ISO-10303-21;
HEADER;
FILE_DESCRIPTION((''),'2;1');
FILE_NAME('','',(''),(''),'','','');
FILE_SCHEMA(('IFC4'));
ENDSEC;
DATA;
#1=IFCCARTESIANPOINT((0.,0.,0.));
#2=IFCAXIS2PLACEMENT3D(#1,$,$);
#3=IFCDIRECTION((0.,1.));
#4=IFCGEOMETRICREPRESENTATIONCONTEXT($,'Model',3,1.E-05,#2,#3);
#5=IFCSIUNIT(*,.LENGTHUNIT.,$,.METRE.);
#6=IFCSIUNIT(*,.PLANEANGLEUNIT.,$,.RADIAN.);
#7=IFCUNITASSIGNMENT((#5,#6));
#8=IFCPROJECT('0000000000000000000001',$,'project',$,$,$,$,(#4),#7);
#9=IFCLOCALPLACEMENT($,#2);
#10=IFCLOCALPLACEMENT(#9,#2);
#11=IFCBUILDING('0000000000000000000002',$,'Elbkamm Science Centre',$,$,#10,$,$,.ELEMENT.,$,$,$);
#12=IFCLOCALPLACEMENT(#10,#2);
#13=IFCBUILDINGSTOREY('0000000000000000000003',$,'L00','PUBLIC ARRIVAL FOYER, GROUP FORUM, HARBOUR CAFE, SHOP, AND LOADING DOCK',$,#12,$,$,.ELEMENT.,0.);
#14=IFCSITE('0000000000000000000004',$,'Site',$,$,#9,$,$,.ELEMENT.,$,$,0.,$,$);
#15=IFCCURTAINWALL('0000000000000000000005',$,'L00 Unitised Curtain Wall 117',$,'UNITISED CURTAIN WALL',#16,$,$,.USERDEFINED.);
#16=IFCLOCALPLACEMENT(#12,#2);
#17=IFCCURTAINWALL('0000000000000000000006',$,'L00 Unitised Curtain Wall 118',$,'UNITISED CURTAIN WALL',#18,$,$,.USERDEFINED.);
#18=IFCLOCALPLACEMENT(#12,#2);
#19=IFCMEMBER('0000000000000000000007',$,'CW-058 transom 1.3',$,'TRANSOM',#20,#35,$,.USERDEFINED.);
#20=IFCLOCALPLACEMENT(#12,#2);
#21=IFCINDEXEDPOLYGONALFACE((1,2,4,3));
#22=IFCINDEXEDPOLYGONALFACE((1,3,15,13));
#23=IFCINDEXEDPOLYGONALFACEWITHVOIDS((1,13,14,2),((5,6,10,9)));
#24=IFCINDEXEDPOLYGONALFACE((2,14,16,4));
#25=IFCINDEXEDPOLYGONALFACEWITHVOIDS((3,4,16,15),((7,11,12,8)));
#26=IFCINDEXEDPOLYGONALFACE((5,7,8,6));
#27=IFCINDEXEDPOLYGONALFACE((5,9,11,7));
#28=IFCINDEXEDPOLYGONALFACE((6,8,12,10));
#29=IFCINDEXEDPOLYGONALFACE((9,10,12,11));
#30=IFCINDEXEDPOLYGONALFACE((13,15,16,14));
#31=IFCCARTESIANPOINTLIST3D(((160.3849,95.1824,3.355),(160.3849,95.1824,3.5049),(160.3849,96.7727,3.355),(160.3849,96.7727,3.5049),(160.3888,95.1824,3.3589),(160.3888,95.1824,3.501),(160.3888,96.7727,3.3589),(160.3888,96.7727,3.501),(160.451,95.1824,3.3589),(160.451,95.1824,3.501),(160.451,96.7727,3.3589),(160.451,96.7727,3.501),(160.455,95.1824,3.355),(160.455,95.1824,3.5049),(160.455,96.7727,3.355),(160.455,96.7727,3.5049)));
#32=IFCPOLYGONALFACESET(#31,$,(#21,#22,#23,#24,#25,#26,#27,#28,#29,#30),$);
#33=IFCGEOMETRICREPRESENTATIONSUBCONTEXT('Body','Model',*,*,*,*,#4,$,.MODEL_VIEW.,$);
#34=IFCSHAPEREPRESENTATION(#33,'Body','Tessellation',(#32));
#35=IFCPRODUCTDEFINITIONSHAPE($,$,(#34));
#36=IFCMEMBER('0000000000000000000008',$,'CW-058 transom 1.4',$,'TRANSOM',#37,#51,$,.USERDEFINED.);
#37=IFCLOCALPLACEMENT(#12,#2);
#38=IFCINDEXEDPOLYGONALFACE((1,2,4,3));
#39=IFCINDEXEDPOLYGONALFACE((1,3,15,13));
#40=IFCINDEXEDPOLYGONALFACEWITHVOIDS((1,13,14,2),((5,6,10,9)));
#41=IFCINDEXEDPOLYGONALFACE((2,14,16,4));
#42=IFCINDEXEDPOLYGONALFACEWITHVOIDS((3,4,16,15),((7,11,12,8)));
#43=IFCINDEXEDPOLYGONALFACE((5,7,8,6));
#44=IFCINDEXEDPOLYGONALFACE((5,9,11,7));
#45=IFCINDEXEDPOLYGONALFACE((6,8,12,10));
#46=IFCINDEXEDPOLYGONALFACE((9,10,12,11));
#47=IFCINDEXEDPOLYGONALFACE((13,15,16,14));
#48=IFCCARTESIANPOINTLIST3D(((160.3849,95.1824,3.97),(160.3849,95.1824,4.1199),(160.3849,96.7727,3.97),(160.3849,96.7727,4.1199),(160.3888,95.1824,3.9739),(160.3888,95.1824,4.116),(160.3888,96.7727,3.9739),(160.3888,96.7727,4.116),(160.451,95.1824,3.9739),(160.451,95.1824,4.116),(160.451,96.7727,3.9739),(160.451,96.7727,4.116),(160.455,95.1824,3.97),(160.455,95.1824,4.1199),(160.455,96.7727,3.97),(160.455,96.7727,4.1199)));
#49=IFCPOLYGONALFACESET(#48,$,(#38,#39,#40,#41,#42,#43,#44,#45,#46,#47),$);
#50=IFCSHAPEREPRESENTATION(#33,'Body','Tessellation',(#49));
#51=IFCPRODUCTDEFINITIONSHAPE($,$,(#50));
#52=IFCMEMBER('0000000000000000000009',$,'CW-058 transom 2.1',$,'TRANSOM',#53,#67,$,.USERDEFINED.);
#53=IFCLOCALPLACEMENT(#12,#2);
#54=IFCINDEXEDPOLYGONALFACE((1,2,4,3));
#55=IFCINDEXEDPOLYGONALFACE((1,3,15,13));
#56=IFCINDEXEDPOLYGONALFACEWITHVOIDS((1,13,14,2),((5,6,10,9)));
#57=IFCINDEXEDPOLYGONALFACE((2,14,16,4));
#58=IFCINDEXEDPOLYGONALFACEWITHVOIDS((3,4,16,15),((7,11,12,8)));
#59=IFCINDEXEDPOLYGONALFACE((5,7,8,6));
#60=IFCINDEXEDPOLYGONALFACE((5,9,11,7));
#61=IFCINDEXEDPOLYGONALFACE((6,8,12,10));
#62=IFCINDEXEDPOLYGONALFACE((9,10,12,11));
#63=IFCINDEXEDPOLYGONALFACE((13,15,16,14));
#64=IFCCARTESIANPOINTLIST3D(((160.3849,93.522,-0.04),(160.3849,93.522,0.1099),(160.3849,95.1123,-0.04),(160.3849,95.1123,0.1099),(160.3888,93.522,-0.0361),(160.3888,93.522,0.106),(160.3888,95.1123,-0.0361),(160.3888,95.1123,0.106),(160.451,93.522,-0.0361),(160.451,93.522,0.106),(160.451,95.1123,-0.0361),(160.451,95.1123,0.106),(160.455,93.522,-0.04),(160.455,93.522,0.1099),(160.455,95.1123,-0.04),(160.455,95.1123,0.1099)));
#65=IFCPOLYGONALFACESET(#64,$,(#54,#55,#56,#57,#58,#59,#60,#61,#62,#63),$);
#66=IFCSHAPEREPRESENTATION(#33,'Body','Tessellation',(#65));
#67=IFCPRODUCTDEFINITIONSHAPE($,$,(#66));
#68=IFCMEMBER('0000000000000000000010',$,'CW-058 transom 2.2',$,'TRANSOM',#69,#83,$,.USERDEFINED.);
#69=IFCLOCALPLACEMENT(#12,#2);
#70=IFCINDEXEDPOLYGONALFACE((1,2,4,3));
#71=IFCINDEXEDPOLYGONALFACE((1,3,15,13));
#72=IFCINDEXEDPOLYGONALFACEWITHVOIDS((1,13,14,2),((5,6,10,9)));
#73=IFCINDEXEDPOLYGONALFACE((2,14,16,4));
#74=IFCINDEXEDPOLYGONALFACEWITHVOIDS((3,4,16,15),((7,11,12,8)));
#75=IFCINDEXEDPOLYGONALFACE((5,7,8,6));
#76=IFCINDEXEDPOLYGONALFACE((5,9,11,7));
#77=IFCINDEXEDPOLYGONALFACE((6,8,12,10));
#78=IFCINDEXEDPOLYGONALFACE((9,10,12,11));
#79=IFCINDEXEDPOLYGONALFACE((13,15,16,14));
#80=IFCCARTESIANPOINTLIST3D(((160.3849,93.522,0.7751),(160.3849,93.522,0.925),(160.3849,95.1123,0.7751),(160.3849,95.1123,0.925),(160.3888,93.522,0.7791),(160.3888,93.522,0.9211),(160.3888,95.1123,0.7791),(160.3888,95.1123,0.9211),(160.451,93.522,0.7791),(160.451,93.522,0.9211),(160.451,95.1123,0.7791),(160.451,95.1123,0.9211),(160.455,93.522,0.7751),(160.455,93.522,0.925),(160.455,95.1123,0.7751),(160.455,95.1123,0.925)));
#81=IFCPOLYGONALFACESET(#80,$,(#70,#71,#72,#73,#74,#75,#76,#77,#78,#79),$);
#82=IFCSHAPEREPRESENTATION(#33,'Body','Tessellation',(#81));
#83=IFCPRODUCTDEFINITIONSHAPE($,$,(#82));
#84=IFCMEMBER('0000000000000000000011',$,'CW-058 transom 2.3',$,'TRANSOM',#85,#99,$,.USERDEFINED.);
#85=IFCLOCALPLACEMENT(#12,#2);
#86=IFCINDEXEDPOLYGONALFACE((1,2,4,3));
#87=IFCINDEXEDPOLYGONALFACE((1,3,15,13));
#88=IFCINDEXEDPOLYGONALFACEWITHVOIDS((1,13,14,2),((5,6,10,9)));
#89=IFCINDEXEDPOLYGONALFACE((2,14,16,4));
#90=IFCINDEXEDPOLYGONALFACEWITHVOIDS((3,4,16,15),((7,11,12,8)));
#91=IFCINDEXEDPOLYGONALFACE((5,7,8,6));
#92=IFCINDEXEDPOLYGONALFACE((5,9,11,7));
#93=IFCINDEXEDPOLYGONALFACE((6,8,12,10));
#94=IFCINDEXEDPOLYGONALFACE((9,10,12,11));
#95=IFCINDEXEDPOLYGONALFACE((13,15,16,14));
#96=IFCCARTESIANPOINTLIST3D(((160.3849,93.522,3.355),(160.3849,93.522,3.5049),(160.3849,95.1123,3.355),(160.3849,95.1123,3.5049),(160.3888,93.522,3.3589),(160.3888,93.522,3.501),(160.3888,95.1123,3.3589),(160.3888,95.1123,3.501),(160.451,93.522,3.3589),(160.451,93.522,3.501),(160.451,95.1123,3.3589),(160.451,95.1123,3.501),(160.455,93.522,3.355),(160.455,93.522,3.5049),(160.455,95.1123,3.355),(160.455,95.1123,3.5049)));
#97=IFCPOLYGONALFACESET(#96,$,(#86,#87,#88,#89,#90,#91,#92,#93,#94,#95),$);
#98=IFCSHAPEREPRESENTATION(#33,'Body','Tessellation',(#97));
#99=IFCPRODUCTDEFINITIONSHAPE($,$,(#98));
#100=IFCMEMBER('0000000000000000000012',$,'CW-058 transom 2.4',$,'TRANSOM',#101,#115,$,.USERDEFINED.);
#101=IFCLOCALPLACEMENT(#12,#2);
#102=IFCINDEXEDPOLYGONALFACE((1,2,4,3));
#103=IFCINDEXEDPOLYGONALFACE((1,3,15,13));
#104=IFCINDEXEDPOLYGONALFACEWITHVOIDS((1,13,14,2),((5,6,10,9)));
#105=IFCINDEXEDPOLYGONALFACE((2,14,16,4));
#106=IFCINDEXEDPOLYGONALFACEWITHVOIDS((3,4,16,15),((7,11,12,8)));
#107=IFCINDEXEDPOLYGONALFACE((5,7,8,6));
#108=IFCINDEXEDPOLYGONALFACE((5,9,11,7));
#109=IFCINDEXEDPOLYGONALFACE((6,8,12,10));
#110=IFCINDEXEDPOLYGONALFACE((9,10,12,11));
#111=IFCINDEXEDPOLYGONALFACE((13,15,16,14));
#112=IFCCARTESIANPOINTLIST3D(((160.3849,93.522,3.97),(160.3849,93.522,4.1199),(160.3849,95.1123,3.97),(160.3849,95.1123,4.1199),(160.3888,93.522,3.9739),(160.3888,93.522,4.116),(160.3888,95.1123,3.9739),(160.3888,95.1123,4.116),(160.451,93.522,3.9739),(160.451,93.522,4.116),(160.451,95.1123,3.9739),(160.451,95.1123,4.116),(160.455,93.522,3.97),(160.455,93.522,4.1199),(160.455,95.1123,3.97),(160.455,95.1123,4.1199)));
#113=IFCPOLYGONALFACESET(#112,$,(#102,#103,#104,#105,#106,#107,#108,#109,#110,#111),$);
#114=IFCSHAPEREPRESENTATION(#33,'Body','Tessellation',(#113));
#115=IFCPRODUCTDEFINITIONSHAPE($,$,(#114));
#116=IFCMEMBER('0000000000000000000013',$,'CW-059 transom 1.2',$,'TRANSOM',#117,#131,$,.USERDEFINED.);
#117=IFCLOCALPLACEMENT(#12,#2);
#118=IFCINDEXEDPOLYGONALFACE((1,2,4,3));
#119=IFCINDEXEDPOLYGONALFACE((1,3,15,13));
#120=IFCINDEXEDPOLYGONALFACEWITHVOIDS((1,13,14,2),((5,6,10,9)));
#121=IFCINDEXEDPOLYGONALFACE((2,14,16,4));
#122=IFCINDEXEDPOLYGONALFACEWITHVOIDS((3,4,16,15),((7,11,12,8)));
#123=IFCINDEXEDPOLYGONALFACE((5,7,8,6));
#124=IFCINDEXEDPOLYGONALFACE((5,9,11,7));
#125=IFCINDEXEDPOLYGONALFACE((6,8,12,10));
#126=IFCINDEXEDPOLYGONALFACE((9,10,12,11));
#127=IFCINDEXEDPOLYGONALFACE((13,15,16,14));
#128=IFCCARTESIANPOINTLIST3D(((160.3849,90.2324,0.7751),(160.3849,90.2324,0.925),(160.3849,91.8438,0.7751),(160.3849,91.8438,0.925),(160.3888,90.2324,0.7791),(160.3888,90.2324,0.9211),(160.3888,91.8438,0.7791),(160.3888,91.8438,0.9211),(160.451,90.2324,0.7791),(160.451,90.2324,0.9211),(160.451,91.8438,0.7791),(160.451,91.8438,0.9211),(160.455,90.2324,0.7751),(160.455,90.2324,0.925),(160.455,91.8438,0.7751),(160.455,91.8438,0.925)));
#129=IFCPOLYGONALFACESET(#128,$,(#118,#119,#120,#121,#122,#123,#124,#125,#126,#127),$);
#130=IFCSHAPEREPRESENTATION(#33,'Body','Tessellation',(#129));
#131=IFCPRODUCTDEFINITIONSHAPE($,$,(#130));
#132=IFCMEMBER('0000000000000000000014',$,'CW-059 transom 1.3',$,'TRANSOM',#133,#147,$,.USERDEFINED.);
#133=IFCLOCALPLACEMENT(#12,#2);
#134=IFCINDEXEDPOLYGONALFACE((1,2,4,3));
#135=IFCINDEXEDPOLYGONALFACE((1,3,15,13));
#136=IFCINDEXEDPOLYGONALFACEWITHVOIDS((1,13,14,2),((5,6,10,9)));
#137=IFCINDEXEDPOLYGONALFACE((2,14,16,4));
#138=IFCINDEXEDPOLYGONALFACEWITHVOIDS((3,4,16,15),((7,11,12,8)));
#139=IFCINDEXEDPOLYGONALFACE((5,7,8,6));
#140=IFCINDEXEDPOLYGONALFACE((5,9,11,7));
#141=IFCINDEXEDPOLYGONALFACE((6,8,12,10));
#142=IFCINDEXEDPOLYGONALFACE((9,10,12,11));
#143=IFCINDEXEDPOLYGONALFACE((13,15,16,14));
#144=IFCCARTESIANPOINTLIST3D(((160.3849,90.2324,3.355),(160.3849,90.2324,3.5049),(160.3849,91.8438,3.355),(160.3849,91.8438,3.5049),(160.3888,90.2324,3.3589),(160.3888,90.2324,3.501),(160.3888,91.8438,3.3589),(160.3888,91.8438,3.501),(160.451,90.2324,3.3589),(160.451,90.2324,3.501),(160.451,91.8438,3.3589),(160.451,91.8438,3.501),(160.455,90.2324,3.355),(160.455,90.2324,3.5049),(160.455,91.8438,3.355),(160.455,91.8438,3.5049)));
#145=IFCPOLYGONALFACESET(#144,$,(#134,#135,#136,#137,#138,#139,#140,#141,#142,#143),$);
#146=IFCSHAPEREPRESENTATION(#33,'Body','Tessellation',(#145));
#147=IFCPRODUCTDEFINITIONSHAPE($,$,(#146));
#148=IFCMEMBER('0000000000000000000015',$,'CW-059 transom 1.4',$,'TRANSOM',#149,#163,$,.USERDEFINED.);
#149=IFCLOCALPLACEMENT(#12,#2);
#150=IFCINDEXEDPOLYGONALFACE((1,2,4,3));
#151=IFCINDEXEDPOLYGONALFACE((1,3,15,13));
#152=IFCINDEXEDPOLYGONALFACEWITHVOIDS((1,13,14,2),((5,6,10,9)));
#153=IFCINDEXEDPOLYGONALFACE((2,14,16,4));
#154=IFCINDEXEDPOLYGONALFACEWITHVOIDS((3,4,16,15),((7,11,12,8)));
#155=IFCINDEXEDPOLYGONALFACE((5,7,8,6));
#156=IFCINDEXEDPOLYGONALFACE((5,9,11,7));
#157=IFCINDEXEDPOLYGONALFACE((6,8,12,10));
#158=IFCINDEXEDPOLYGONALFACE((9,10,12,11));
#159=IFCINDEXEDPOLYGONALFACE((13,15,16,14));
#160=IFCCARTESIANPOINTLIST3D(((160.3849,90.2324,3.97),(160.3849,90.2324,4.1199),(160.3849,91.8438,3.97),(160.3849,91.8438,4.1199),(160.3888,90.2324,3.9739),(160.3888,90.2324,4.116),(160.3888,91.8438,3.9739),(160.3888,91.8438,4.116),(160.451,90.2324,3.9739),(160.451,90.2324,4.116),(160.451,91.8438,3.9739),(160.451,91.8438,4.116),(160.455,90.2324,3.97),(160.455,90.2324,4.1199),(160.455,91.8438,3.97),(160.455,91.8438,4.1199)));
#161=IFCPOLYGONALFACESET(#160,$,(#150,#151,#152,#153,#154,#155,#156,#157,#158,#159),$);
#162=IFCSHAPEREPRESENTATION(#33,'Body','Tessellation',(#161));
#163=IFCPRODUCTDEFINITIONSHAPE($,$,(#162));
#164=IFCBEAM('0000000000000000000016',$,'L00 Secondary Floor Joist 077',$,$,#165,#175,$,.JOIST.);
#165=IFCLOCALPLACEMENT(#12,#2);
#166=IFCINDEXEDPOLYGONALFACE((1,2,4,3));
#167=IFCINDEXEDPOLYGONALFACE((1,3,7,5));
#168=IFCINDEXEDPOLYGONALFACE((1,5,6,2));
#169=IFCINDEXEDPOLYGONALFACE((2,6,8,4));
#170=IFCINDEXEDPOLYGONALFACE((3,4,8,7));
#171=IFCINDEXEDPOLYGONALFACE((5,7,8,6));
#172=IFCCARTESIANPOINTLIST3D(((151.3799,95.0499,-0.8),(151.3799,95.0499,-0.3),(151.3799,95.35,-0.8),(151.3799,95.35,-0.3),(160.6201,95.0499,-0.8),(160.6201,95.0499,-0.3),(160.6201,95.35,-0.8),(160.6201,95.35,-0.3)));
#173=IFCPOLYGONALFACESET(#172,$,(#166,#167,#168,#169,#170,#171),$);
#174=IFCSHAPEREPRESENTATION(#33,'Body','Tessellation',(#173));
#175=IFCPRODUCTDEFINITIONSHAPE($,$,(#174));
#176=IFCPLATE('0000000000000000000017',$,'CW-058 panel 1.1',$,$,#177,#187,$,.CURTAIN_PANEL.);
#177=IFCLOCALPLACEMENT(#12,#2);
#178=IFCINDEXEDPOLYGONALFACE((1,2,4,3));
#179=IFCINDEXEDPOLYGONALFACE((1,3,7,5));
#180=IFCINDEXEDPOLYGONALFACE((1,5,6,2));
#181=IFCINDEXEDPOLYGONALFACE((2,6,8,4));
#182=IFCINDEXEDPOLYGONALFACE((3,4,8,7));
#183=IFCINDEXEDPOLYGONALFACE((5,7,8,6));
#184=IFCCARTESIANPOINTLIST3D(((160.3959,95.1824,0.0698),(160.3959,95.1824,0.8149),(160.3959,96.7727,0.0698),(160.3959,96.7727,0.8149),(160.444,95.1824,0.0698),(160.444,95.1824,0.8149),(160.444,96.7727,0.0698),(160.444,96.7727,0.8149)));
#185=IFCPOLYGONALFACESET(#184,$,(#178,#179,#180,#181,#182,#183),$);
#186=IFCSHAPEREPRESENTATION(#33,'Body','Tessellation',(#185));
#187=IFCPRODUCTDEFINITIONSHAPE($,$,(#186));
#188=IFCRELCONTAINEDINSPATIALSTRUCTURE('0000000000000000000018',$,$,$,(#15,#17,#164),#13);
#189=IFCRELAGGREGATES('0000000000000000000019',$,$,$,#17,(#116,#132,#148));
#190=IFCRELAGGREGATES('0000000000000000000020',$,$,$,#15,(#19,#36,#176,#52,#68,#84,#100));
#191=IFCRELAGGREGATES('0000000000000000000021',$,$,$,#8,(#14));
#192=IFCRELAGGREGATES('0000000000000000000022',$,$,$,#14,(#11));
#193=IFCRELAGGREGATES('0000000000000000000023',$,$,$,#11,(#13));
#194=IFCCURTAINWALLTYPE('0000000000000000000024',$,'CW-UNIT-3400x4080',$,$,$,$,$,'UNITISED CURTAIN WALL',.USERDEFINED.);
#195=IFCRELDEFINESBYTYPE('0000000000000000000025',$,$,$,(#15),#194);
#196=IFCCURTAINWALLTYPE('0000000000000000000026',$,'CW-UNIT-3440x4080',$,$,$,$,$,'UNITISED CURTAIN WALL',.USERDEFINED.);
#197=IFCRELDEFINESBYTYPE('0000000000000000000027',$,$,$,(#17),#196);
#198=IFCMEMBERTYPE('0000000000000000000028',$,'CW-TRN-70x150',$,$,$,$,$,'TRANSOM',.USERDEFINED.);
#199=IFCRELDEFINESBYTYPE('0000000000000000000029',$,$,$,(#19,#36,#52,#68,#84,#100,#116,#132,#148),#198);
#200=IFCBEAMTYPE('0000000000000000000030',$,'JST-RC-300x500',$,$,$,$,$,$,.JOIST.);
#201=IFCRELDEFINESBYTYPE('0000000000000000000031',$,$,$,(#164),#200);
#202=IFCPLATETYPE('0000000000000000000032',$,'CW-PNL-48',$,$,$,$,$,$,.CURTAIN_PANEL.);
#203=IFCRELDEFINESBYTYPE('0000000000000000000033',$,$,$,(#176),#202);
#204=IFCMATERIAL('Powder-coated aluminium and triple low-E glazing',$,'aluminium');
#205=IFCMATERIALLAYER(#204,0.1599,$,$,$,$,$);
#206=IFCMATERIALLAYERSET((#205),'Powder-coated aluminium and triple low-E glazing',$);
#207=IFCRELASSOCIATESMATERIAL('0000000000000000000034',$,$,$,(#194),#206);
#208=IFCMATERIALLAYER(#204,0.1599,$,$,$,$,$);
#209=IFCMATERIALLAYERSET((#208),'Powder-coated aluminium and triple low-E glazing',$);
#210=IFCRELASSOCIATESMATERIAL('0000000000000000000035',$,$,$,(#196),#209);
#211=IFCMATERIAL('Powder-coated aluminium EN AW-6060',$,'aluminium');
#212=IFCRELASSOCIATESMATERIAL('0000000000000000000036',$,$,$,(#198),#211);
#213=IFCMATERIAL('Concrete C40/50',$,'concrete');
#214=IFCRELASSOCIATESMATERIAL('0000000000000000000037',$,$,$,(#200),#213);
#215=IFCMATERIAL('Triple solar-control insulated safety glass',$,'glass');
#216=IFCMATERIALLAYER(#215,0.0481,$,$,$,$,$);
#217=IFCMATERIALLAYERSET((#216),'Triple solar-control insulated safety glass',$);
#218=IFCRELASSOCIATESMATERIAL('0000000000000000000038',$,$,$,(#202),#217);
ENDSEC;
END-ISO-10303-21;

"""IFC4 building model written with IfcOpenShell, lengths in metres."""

from ifc_helpers import new_model, si_unit, direction, frame, origin, origin_2d, place, context, subcontext, project, spatial, rectangle, hollow_rectangle, extrude, material, layer, layer_set, material_profile, profile_set, type_object, element, aggregate, save


model = new_model("IFC4")

# Units and contexts
model_context = context("Model", 3, precision=1e-05, world=origin(), true_north=direction((0.0, 1.0)))
body_context = subcontext(model_context, "Body", "Model", "MODEL_VIEW")
ifc_project = project(units=[si_unit("LENGTHUNIT", "METRE"), si_unit("PLANEANGLEUNIT", "RADIAN")], contexts=[model_context])

# Site, building, storey
site_placement = place(None, origin())
site = spatial("IfcSite", under=ifc_project, at=site_placement, Name="Site", CompositionType="ELEMENT", RefElevation=0.0)
building_placement = place(site_placement, origin())
building = spatial("IfcBuilding", under=site, at=building_placement, Name="Elbkamm Science Centre", CompositionType="ELEMENT")
storey_placement = place(building_placement, origin())
storey = spatial("IfcBuildingStorey", under=building, at=storey_placement, Name="L00", Description="PUBLIC ARRIVAL FOYER, GROUP FORUM, HARBOUR CAFE, SHOP, AND LOADING DOCK", CompositionType="ELEMENT", Elevation=0.0)

# Shared definitions
ifc_material_1 = material(Name="Concrete C40/50", Category="concrete")

# Shared definitions
ifc_material_2 = material(Name="Powder-coated aluminium and triple low-E glazing", Category="aluminium")
ifc_layer_1 = layer(ifc_material_2, 0.1599)
ifc_layer_set_1 = layer_set([ifc_layer_1], Name="Powder-coated aluminium and triple low-E glazing")
curtain_wall_type_1 = type_object("IfcCurtainWallType", Name="CW-UNIT-3400x4080", ElementType="UNITISED CURTAIN WALL", PredefinedType="USERDEFINED", material=ifc_layer_set_1)
ifc_material_3 = material(Name="Powder-coated aluminium EN AW-6060", Category="aluminium")

# Curtain wall
curtain_wall_1_placement = place(storey_placement, origin())
curtain_wall_1 = element("IfcCurtainWall", 1, at=curtain_wall_1_placement, inside=storey, type_object=curtain_wall_type_1, Name="L00 Unitised Curtain Wall 117", ObjectType="UNITISED CURTAIN WALL", PredefinedType="USERDEFINED")

# Curtain wall
ifc_layer_2 = layer(ifc_material_2, 0.1599)
ifc_layer_set_2 = layer_set([ifc_layer_2], Name="Powder-coated aluminium and triple low-E glazing")
curtain_wall_type_2 = type_object("IfcCurtainWallType", Name="CW-UNIT-3440x4080", ElementType="UNITISED CURTAIN WALL", PredefinedType="USERDEFINED", material=ifc_layer_set_2)
curtain_wall_2_placement = place(storey_placement, origin())
curtain_wall_2 = element("IfcCurtainWall", 2, at=curtain_wall_2_placement, inside=storey, type_object=curtain_wall_type_2, Name="L00 Unitised Curtain Wall 118", ObjectType="UNITISED CURTAIN WALL", PredefinedType="USERDEFINED")

# Members
ifc_material_profile_1 = material_profile(ifc_material_3, hollow_rectangle(XDim=0.0701, YDim=0.1499, WallThickness=0.0039, at=origin_2d()), Name="ALU T70x150")
ifc_profile_set_1 = profile_set([ifc_material_profile_1], Name="Powder-coated aluminium EN AW-6060")
member_type_1 = type_object("IfcMemberType", Name="CW-TRN-70x150", ElementType="TRANSOM", PredefinedType="USERDEFINED", material=ifc_profile_set_1)
member_1_placement = place(storey_placement, frame((160.4199, 96.7727, 3.4299), z_axis=(0.0, -1.0, 0.0), x_axis=(1.0, 0.0, 0.0)))
member_1 = element("IfcMember", 3, at=member_1_placement, type_object=member_type_1, Name="CW-058 transom 1.3", ObjectType="TRANSOM", PredefinedType="USERDEFINED", context=body_context, shape_type="SweptSolid", body=[
    extrude(hollow_rectangle(XDim=0.0701, YDim=0.1499, WallThickness=0.0039, at=origin_2d()), origin(), (0.0, 0.0, 1.0), 1.5903),
])
member_2_placement = place(storey_placement, frame((160.4199, 96.7727, 4.0449), z_axis=(0.0, -1.0, 0.0), x_axis=(1.0, 0.0, 0.0)))
member_2 = element("IfcMember", 4, at=member_2_placement, type_object=member_type_1, Name="CW-058 transom 1.4", ObjectType="TRANSOM", PredefinedType="USERDEFINED", context=body_context, shape_type="SweptSolid", body=[
    extrude(hollow_rectangle(XDim=0.0701, YDim=0.1499, WallThickness=0.0039, at=origin_2d()), origin(), (0.0, 0.0, 1.0), 1.5903),
])
member_3_placement = place(storey_placement, frame((160.4199, 95.1123, 0.0349), z_axis=(0.0, -1.0, 0.0), x_axis=(1.0, 0.0, 0.0)))
member_3 = element("IfcMember", 5, at=member_3_placement, type_object=member_type_1, Name="CW-058 transom 2.1", ObjectType="TRANSOM", PredefinedType="USERDEFINED", context=body_context, shape_type="SweptSolid", body=[
    extrude(hollow_rectangle(XDim=0.0701, YDim=0.1499, WallThickness=0.0039, at=origin_2d()), origin(), (0.0, 0.0, 1.0), 1.5903),
])
member_4_placement = place(storey_placement, frame((160.4199, 95.1123, 0.8501), z_axis=(0.0, -1.0, 0.0), x_axis=(1.0, 0.0, 0.0)))
member_4 = element("IfcMember", 6, at=member_4_placement, type_object=member_type_1, Name="CW-058 transom 2.2", ObjectType="TRANSOM", PredefinedType="USERDEFINED", context=body_context, shape_type="SweptSolid", body=[
    extrude(hollow_rectangle(XDim=0.0701, YDim=0.1499, WallThickness=0.0039, at=origin_2d()), origin(), (0.0, 0.0, 1.0), 1.5903),
])
member_5_placement = place(storey_placement, frame((160.4199, 95.1123, 3.4299), z_axis=(0.0, -1.0, 0.0), x_axis=(1.0, 0.0, 0.0)))
member_5 = element("IfcMember", 7, at=member_5_placement, type_object=member_type_1, Name="CW-058 transom 2.3", ObjectType="TRANSOM", PredefinedType="USERDEFINED", context=body_context, shape_type="SweptSolid", body=[
    extrude(hollow_rectangle(XDim=0.0701, YDim=0.1499, WallThickness=0.0039, at=origin_2d()), origin(), (0.0, 0.0, 1.0), 1.5903),
])
member_6_placement = place(storey_placement, frame((160.4199, 95.1123, 4.0449), z_axis=(0.0, -1.0, 0.0), x_axis=(1.0, 0.0, 0.0)))
member_6 = element("IfcMember", 8, at=member_6_placement, type_object=member_type_1, Name="CW-058 transom 2.4", ObjectType="TRANSOM", PredefinedType="USERDEFINED", context=body_context, shape_type="SweptSolid", body=[
    extrude(hollow_rectangle(XDim=0.0701, YDim=0.1499, WallThickness=0.0039, at=origin_2d()), origin(), (0.0, 0.0, 1.0), 1.5903),
])
member_7_placement = place(storey_placement, frame((160.4199, 91.8438, 0.8501), z_axis=(0.0, -1.0, 0.0), x_axis=(1.0, 0.0, 0.0)))
member_7 = element("IfcMember", 9, at=member_7_placement, type_object=member_type_1, Name="CW-059 transom 1.2", ObjectType="TRANSOM", PredefinedType="USERDEFINED", context=body_context, shape_type="SweptSolid", body=[
    extrude(hollow_rectangle(XDim=0.0701, YDim=0.1499, WallThickness=0.0039, at=origin_2d()), origin(), (0.0, 0.0, 1.0), 1.6113),
])
member_8_placement = place(storey_placement, frame((160.4199, 91.8438, 3.4299), z_axis=(0.0, -1.0, 0.0), x_axis=(1.0, 0.0, 0.0)))
member_8 = element("IfcMember", 10, at=member_8_placement, type_object=member_type_1, Name="CW-059 transom 1.3", ObjectType="TRANSOM", PredefinedType="USERDEFINED", context=body_context, shape_type="SweptSolid", body=[
    extrude(hollow_rectangle(XDim=0.0701, YDim=0.1499, WallThickness=0.0039, at=origin_2d()), origin(), (0.0, 0.0, 1.0), 1.6113),
])
member_9_placement = place(storey_placement, frame((160.4199, 91.8438, 4.0449), z_axis=(0.0, -1.0, 0.0), x_axis=(1.0, 0.0, 0.0)))
member_9 = element("IfcMember", 11, at=member_9_placement, type_object=member_type_1, Name="CW-059 transom 1.4", ObjectType="TRANSOM", PredefinedType="USERDEFINED", context=body_context, shape_type="SweptSolid", body=[
    extrude(hollow_rectangle(XDim=0.0701, YDim=0.1499, WallThickness=0.0039, at=origin_2d()), origin(), (0.0, 0.0, 1.0), 1.6113),
])
aggregate(curtain_wall_2, [member_7, member_8, member_9])

# Beam
ifc_material_profile_2 = material_profile(ifc_material_1, rectangle(XDim=0.3, YDim=0.5, at=origin_2d()), Name="RC 300x500")
ifc_profile_set_2 = profile_set([ifc_material_profile_2], Name="Concrete C40/50")
beam_type_1 = type_object("IfcBeamType", Name="JST-RC-300x500", PredefinedType="JOIST", material=ifc_profile_set_2)
beam_1_placement = place(storey_placement, frame((151.3799, 95.2, -0.55), z_axis=(1.0, 0.0, 0.0), x_axis=(0.0, 1.0, 0.0)))
element("IfcBeam", 12, at=beam_1_placement, inside=storey, type_object=beam_type_1, Name="L00 Secondary Floor Joist 077", PredefinedType="JOIST", context=body_context, shape_type="SweptSolid", body=[
    extrude(rectangle(XDim=0.3, YDim=0.5, at=origin_2d()), origin(), (0.0, 0.0, 1.0), 9.2402),
])

# Plate
ifc_material_4 = material(Name="Triple solar-control insulated safety glass", Category="glass")
ifc_layer_3 = layer(ifc_material_4, 0.0481)
ifc_layer_set_3 = layer_set([ifc_layer_3], Name="Triple solar-control insulated safety glass")
plate_type = type_object("IfcPlateType", Name="CW-PNL-48", PredefinedType="CURTAIN_PANEL", material=ifc_layer_set_3)
plate_1_placement = place(storey_placement, frame((160.4199, 95.9775, 0.0698), z_axis=(0.0, 0.0, 1.0), x_axis=(0.0, -1.0, 0.0)))
plate_1 = element("IfcPlate", 13, at=plate_1_placement, type_object=plate_type, Name="CW-058 panel 1.1", PredefinedType="CURTAIN_PANEL", context=body_context, shape_type="SweptSolid", body=[
    extrude(rectangle(XDim=1.5903, YDim=0.0481, at=origin_2d()), origin(), (0.0, 0.0, 1.0), 0.7451),
])
aggregate(curtain_wall_1, [member_1, member_2, plate_1, member_3, member_4, member_5, member_6])

save(model, "model.ifc")
